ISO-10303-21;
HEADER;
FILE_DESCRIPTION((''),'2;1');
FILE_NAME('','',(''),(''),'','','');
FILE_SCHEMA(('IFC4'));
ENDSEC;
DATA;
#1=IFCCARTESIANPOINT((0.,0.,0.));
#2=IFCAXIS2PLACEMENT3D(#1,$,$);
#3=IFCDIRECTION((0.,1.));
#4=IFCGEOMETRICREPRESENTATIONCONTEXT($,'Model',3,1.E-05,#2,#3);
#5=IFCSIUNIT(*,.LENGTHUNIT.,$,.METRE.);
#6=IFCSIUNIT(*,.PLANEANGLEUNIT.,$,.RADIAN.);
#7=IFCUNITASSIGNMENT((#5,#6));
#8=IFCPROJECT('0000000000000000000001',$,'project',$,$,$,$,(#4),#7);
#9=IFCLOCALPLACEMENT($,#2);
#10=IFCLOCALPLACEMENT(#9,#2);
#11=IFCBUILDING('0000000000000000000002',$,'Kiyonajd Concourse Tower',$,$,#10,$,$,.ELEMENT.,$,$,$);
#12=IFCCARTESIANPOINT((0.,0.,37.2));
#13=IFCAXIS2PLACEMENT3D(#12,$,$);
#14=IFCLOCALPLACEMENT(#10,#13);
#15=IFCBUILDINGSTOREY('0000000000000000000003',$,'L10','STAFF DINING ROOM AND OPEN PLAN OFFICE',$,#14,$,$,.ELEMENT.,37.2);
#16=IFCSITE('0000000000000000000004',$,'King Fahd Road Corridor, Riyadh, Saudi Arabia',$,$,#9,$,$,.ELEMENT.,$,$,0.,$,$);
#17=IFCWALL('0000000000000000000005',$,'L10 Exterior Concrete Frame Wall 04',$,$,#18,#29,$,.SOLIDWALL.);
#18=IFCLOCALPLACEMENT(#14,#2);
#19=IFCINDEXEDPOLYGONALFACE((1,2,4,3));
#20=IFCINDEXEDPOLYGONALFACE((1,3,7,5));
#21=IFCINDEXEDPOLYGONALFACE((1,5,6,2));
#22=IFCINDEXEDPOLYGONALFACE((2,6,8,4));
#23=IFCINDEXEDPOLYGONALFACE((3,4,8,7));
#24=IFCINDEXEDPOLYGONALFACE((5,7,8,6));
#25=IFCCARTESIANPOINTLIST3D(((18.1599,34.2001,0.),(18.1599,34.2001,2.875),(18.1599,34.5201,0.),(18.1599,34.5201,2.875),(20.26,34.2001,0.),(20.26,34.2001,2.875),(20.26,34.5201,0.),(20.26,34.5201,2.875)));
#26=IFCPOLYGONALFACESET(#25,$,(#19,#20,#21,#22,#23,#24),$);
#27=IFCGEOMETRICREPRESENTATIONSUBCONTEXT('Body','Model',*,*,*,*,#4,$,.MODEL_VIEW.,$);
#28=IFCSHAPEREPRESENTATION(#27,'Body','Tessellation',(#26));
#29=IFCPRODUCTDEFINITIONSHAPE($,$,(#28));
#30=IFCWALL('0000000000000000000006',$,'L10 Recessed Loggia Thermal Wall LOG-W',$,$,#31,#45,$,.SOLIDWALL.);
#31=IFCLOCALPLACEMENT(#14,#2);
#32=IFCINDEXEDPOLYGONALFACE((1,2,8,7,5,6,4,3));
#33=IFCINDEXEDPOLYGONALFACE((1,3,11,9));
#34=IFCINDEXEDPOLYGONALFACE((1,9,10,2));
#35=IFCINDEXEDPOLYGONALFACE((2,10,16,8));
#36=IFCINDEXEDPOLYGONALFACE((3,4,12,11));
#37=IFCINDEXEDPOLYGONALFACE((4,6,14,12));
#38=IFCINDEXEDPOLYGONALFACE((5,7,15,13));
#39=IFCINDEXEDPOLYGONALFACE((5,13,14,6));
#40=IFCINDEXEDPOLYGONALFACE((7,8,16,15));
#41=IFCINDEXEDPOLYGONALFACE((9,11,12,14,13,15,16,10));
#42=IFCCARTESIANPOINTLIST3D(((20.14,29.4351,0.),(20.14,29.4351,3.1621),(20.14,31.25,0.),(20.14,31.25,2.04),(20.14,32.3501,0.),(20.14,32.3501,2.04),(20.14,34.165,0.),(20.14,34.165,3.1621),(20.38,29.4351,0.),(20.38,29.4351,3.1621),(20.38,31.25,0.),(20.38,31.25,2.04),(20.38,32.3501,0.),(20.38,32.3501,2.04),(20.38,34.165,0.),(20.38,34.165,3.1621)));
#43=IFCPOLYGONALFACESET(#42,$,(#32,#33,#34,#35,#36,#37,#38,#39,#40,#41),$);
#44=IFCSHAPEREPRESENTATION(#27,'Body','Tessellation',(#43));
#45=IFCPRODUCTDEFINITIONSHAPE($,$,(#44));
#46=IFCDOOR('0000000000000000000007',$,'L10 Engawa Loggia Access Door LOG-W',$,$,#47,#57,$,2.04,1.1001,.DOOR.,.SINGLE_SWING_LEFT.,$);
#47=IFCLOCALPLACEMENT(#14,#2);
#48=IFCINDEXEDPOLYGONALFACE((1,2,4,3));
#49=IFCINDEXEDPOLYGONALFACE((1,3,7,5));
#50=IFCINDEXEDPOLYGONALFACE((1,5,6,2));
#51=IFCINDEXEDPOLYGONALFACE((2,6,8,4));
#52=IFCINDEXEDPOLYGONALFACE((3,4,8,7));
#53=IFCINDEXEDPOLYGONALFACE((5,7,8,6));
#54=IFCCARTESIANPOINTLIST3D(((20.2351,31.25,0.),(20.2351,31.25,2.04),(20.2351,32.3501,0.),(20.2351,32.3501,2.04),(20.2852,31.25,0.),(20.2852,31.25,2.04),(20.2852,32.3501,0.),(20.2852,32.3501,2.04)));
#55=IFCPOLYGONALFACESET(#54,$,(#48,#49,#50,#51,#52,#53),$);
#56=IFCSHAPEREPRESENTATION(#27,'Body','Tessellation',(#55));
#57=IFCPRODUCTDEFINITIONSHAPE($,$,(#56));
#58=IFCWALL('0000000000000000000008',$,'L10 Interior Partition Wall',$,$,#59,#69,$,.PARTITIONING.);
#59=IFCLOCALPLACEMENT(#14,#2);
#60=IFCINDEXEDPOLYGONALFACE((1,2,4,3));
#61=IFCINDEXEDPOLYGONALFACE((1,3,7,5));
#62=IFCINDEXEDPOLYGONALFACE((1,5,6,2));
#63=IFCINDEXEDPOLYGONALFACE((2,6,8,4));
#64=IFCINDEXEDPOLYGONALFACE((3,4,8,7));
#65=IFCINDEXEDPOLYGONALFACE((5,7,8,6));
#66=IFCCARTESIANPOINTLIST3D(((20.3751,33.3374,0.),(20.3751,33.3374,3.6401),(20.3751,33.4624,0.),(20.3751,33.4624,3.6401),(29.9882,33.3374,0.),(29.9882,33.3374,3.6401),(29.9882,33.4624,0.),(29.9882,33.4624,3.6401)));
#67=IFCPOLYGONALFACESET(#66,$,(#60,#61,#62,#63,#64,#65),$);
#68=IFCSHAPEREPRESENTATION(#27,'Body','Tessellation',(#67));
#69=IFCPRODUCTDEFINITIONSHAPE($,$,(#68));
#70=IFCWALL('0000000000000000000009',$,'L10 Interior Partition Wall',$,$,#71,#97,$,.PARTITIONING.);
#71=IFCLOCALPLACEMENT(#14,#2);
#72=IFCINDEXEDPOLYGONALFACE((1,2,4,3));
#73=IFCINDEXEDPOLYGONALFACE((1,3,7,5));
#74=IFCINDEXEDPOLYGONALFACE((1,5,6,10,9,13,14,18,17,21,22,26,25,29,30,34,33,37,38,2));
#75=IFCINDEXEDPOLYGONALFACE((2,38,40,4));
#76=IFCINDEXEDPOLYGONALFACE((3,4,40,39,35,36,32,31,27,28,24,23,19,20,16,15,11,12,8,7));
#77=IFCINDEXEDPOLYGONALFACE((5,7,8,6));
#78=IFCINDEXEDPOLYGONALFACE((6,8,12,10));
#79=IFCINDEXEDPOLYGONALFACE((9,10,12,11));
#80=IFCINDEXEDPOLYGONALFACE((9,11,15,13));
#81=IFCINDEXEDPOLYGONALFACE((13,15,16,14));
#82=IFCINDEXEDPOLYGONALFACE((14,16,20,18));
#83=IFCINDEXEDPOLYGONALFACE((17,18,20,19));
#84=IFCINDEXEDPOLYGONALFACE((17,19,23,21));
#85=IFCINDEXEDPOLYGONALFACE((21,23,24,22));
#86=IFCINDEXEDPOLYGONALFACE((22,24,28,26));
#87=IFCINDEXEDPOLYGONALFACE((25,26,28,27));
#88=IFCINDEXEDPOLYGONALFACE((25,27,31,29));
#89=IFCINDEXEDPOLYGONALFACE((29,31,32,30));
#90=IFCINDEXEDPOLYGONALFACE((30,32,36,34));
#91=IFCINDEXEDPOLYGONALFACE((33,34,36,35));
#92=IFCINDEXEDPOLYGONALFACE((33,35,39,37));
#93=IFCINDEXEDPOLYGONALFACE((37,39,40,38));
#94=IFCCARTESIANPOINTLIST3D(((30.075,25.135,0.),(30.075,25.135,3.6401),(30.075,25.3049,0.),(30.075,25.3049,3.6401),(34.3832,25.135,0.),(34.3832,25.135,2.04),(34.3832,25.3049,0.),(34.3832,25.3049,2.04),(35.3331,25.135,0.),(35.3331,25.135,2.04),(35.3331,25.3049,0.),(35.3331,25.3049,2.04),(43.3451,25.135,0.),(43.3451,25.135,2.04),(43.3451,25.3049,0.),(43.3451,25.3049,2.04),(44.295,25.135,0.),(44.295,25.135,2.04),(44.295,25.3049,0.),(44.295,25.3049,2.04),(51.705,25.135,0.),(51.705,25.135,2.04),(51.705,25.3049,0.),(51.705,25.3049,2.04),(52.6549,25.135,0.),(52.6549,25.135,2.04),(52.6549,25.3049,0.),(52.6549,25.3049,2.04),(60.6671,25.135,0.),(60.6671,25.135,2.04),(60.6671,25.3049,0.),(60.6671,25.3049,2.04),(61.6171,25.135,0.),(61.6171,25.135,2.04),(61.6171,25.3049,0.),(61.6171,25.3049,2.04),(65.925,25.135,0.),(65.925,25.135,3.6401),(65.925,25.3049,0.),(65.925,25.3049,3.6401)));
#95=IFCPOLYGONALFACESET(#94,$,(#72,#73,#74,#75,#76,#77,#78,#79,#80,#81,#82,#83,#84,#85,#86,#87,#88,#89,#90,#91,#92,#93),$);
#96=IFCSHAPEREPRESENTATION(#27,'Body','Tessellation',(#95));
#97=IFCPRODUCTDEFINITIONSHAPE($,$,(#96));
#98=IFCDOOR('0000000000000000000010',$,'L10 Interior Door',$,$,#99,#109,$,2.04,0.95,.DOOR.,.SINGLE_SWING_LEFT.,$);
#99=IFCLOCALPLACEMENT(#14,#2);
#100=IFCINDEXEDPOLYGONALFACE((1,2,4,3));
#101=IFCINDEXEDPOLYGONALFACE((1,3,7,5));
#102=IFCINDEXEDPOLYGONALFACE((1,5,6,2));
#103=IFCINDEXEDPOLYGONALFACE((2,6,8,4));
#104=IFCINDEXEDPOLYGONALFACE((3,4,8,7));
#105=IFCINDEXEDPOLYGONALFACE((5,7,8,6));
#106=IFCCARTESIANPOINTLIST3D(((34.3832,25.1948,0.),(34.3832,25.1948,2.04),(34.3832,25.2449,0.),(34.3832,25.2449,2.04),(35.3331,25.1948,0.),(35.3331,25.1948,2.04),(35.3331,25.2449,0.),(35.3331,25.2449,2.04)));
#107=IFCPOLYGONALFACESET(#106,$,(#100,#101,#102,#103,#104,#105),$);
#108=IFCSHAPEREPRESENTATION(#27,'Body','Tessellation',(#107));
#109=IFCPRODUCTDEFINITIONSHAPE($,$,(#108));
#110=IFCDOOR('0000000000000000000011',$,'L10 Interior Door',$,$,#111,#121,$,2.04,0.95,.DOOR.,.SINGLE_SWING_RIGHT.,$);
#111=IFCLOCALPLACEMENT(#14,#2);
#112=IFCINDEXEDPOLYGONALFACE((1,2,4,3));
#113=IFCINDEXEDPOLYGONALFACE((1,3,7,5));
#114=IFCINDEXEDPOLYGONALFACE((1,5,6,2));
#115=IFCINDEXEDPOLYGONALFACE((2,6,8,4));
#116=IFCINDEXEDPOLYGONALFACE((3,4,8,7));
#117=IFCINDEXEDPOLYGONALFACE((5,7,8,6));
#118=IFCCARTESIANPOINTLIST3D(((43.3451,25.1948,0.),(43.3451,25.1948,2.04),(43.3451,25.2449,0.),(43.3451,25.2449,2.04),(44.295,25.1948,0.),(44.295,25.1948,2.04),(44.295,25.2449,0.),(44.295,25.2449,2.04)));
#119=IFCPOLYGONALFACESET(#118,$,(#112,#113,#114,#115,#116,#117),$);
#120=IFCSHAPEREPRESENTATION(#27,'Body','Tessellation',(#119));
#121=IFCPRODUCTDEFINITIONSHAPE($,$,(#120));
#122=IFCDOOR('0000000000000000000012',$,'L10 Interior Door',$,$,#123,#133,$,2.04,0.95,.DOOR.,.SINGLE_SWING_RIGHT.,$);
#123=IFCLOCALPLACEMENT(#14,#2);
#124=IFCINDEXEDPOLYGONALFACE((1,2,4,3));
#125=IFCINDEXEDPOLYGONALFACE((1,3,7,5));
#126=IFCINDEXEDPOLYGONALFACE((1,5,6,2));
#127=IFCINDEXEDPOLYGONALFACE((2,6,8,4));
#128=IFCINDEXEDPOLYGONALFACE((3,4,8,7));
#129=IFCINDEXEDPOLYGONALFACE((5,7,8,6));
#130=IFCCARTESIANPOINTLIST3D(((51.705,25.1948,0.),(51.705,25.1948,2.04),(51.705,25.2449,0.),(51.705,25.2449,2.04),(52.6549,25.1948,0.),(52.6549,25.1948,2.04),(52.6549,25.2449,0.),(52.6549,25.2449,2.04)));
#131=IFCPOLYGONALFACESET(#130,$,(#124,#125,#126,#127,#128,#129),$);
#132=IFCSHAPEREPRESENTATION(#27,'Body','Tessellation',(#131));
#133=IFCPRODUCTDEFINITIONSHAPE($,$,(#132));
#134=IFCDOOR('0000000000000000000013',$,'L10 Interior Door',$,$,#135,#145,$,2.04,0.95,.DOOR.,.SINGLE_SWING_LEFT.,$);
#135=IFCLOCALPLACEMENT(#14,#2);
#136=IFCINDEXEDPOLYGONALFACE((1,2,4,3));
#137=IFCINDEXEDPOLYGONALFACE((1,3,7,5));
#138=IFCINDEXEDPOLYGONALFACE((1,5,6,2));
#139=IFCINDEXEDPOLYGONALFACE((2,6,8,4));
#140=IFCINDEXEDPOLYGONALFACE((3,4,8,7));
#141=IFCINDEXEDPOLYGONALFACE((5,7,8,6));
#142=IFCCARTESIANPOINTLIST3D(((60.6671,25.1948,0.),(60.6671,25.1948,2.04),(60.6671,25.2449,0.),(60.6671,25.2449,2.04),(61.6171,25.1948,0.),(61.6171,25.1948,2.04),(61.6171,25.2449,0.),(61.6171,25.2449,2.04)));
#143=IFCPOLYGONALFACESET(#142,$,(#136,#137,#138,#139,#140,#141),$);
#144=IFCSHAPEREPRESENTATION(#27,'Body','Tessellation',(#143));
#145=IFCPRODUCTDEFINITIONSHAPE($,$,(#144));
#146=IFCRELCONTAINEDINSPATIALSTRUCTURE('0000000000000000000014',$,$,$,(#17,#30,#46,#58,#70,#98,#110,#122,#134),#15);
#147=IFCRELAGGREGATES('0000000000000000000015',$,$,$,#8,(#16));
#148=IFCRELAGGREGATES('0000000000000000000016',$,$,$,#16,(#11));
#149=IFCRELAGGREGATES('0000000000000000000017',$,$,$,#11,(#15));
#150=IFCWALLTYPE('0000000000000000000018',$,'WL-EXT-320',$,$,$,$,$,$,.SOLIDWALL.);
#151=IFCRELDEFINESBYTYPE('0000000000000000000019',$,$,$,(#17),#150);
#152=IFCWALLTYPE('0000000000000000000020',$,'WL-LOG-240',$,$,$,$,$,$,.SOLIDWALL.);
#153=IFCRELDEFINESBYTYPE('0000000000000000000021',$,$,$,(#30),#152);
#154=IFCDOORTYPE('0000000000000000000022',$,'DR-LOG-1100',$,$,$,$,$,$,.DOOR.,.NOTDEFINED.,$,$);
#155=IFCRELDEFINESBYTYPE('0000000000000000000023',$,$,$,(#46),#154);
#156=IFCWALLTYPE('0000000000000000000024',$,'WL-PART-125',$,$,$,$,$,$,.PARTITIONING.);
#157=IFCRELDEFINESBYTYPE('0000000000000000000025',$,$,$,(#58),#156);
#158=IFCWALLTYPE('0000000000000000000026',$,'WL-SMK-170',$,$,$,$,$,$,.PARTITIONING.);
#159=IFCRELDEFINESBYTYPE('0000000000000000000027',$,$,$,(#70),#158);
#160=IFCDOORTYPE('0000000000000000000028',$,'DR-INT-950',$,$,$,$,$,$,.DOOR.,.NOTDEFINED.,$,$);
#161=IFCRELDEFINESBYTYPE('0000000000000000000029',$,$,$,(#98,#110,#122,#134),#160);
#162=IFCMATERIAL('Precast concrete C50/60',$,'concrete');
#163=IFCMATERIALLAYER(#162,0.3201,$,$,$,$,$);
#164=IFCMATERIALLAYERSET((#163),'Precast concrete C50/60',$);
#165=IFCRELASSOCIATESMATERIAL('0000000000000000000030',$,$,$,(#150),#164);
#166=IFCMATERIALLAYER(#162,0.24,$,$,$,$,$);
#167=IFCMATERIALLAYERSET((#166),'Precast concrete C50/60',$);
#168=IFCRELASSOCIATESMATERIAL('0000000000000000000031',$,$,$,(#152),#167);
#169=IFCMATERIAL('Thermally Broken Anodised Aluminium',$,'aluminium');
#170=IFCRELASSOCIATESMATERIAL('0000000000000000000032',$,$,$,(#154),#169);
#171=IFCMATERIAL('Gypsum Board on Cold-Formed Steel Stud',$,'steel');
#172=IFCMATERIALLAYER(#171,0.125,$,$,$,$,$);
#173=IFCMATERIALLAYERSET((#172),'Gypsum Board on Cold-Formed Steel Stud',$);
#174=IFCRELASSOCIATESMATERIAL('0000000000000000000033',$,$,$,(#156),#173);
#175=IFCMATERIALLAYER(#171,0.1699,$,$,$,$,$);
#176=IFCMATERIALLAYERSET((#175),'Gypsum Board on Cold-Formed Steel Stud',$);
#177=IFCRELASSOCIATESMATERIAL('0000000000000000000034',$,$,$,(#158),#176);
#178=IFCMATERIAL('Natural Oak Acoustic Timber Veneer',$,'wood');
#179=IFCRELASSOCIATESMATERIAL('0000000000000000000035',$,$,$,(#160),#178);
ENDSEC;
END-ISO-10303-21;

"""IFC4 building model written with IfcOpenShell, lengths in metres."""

from ifc_helpers import new_model, si_unit, direction, frame, frame_2d, origin, place, context, subcontext, project, spatial, rectangle, extrude, material, layer, layer_set, type_object, element, fill, save


model = new_model("IFC4")

# Units and contexts
model_context = context("Model", 3, precision=1e-05, world=origin(), true_north=direction((0.0, 1.0)))
body_context = subcontext(model_context, "Body", "Model", "MODEL_VIEW")
ifc_project = project(units=[si_unit("LENGTHUNIT", "METRE"), si_unit("PLANEANGLEUNIT", "RADIAN")], contexts=[model_context])

# Site, building, storey
site_placement = place(None, origin())
site = spatial("IfcSite", under=ifc_project, at=site_placement, Name="King Fahd Road Corridor, Riyadh, Saudi Arabia", CompositionType="ELEMENT", RefElevation=0.0)
building_placement = place(site_placement, origin())
building = spatial("IfcBuilding", under=site, at=building_placement, Name="Kiyonajd Concourse Tower", CompositionType="ELEMENT")
storey_placement = place(building_placement, frame((0.0, 0.0, 37.2)))
storey = spatial("IfcBuildingStorey", under=building, at=storey_placement, Name="L10", Description="STAFF DINING ROOM AND OPEN PLAN OFFICE", CompositionType="ELEMENT", Elevation=37.2)

# Shared definitions
ifc_material_1 = material(Name="Precast concrete C50/60", Category="concrete")

# Shared definitions
ifc_material_2 = material(Name="Thermally Broken Anodised Aluminium", Category="aluminium")

# Wall
ifc_layer_1 = layer(ifc_material_1, 0.3201)
ifc_layer_set_1 = layer_set([ifc_layer_1], Name="Precast concrete C50/60")
wall_type_1 = type_object("IfcWallType", Name="WL-EXT-320", PredefinedType="SOLIDWALL", material=ifc_layer_set_1)
wall_1_placement = place(storey_placement, frame((20.26, 34.3601, 0.0), z_axis=(0.0, 0.0, 1.0), x_axis=(-1.0, 0.0, 0.0)))
element("IfcWall", 1, at=wall_1_placement, inside=storey, type_object=wall_type_1, Name="L10 Exterior Concrete Frame Wall 04", PredefinedType="SOLIDWALL", context=body_context, shape_type="SweptSolid", body=[
    extrude(rectangle(XDim=2.1001, YDim=0.3201, at=frame_2d((1.05, 0.0))), origin(), (0.0, 0.0, 1.0), 2.875),
])

# Wall, opening, door
ifc_layer_2 = layer(ifc_material_1, 0.24)
ifc_layer_set_2 = layer_set([ifc_layer_2], Name="Precast concrete C50/60")
wall_type_2 = type_object("IfcWallType", Name="WL-LOG-240", PredefinedType="SOLIDWALL", material=ifc_layer_set_2)
wall_2_placement = place(storey_placement, frame((20.26, 29.4351, 0.0), z_axis=(0.0, 0.0, 1.0), x_axis=(0.0, 1.0, 0.0)))
wall_2 = element("IfcWall", 2, at=wall_2_placement, inside=storey, type_object=wall_type_2, Name="L10 Recessed Loggia Thermal Wall LOG-W", PredefinedType="SOLIDWALL", context=body_context, shape_type="SweptSolid", body=[
    extrude(rectangle(XDim=4.73, YDim=0.24, at=frame_2d((2.365, 0.0))), origin(), (0.0, 0.0, 1.0), 3.1621),
])
opening_1_placement = place(wall_2_placement, frame((1.8149, 0.0, 0.0)))
opening_1 = element("IfcOpeningElement", 3, at=opening_1_placement, cuts=wall_2, PredefinedType="OPENING", context=body_context, shape_type="SweptSolid", body=[
    extrude(rectangle(XDim=1.1001, YDim=2.04, at=frame_2d((0.55, 1.02))), frame((0.0, 0.1299, 0.0), z_axis=(0.0, -1.0, 0.0), x_axis=(1.0, 0.0, 0.0)), (0.0, 0.0, 1.0), 0.26),
])
door_type_1 = type_object("IfcDoorType", Name="DR-LOG-1100", OperationType="NOTDEFINED", PredefinedType="DOOR", material=ifc_material_2)
door_1_placement = place(opening_1_placement, origin())
door_1 = element("IfcDoor", 4, at=door_1_placement, inside=storey, type_object=door_type_1, Name="L10 Engawa Loggia Access Door LOG-W", OperationType="SINGLE_SWING_LEFT", OverallHeight=2.04, OverallWidth=1.1001, PredefinedType="DOOR", context=body_context, shape_type="SweptSolid", body=[
    extrude(rectangle(XDim=1.1001, YDim=2.04, at=frame_2d((0.55, 1.02))), frame((0.0, 0.0249, 0.0), z_axis=(0.0, -1.0, 0.0), x_axis=(1.0, 0.0, 0.0)), (0.0, 0.0, 1.0), 0.05),
])
fill(opening_1, door_1)

# Wall
ifc_material_3 = material(Name="Gypsum Board on Cold-Formed Steel Stud", Category="steel")
ifc_layer_3 = layer(ifc_material_3, 0.125)
ifc_layer_set_3 = layer_set([ifc_layer_3], Name="Gypsum Board on Cold-Formed Steel Stud")
wall_type_3 = type_object("IfcWallType", Name="WL-PART-125", PredefinedType="PARTITIONING", material=ifc_layer_set_3)
wall_3_placement = place(storey_placement, frame((20.375, 33.3999, 0.0), z_axis=(0.0, 0.0, 1.0), x_axis=(1.0, 0.0, 0.0)))
element("IfcWall", 5, at=wall_3_placement, inside=storey, type_object=wall_type_3, Name="L10 Interior Partition Wall", PredefinedType="PARTITIONING", context=body_context, shape_type="SweptSolid", body=[
    extrude(rectangle(XDim=9.613, YDim=0.125, at=frame_2d((4.8066, 0.0))), origin(), (0.0, 0.0, 1.0), 3.6401),
])

# Wall, openings, doors
ifc_layer_4 = layer(ifc_material_3, 0.1699)
ifc_layer_set_4 = layer_set([ifc_layer_4], Name="Gypsum Board on Cold-Formed Steel Stud")
wall_type_4 = type_object("IfcWallType", Name="WL-SMK-170", PredefinedType="PARTITIONING", material=ifc_layer_set_4)
wall_4_placement = place(storey_placement, frame((30.075, 25.22, 0.0), z_axis=(0.0, 0.0, 1.0), x_axis=(1.0, 0.0, 0.0)))
wall_4 = element("IfcWall", 6, at=wall_4_placement, inside=storey, type_object=wall_type_4, Name="L10 Interior Partition Wall", PredefinedType="PARTITIONING", context=body_context, shape_type="SweptSolid", body=[
    extrude(rectangle(XDim=35.8501, YDim=0.1699, at=frame_2d((17.925, 0.0))), origin(), (0.0, 0.0, 1.0), 3.6401),
])
opening_2_placement = place(wall_4_placement, frame((4.3081, 0.0, 0.0)))
opening_2 = element("IfcOpeningElement", 7, at=opening_2_placement, cuts=wall_4, PredefinedType="OPENING", context=body_context, shape_type="SweptSolid", body=[
    extrude(rectangle(XDim=0.95, YDim=2.04, at=frame_2d((0.4751, 1.02))), frame((0.0, 0.095, 0.0), z_axis=(0.0, -1.0, 0.0), x_axis=(1.0, 0.0, 0.0)), (0.0, 0.0, 1.0), 0.1899),
])
opening_3_placement = place(wall_4_placement, frame((13.27, 0.0, 0.0)))
opening_3 = element("IfcOpeningElement", 8, at=opening_3_placement, cuts=wall_4, PredefinedType="OPENING", context=body_context, shape_type="SweptSolid", body=[
    extrude(rectangle(XDim=0.95, YDim=2.04, at=frame_2d((0.4751, 1.02))), frame((0.0, 0.095, 0.0), z_axis=(0.0, -1.0, 0.0), x_axis=(1.0, 0.0, 0.0)), (0.0, 0.0, 1.0), 0.1899),
])
opening_4_placement = place(wall_4_placement, frame((21.6299, 0.0, 0.0)))
opening_4 = element("IfcOpeningElement", 9, at=opening_4_placement, cuts=wall_4, PredefinedType="OPENING", context=body_context, shape_type="SweptSolid", body=[
    extrude(rectangle(XDim=0.95, YDim=2.04, at=frame_2d((0.4751, 1.02))), frame((0.0, 0.095, 0.0), z_axis=(0.0, -1.0, 0.0), x_axis=(1.0, 0.0, 0.0)), (0.0, 0.0, 1.0), 0.1899),
])
opening_5_placement = place(wall_4_placement, frame((30.592, 0.0, 0.0)))
opening_5 = element("IfcOpeningElement", 10, at=opening_5_placement, cuts=wall_4, PredefinedType="OPENING", context=body_context, shape_type="SweptSolid", body=[
    extrude(rectangle(XDim=0.95, YDim=2.04, at=frame_2d((0.4751, 1.02))), frame((0.0, 0.095, 0.0), z_axis=(0.0, -1.0, 0.0), x_axis=(1.0, 0.0, 0.0)), (0.0, 0.0, 1.0), 0.1899),
])
ifc_material_4 = material(Name="Natural Oak Acoustic Timber Veneer", Category="wood")
door_type_2 = type_object("IfcDoorType", Name="DR-INT-950", OperationType="NOTDEFINED", PredefinedType="DOOR", material=ifc_material_4)
door_2_placement = place(opening_2_placement, origin())
door_2 = element("IfcDoor", 11, at=door_2_placement, inside=storey, type_object=door_type_2, Name="L10 Interior Door", OperationType="SINGLE_SWING_LEFT", OverallHeight=2.04, OverallWidth=0.95, PredefinedType="DOOR", context=body_context, shape_type="SweptSolid", body=[
    extrude(rectangle(XDim=0.95, YDim=2.04, at=frame_2d((0.4751, 1.02))), frame((0.0, 0.0249, 0.0), z_axis=(0.0, -1.0, 0.0), x_axis=(1.0, 0.0, 0.0)), (0.0, 0.0, 1.0), 0.05),
])
fill(opening_2, door_2)
door_3_placement = place(opening_3_placement, origin())
door_3 = element("IfcDoor", 12, at=door_3_placement, inside=storey, type_object=door_type_2, Name="L10 Interior Door", OperationType="SINGLE_SWING_RIGHT", OverallHeight=2.04, OverallWidth=0.95, PredefinedType="DOOR", context=body_context, shape_type="SweptSolid", body=[
    extrude(rectangle(XDim=0.95, YDim=2.04, at=frame_2d((0.4751, 1.02))), frame((0.0, 0.0249, 0.0), z_axis=(0.0, -1.0, 0.0), x_axis=(1.0, 0.0, 0.0)), (0.0, 0.0, 1.0), 0.05),
])
fill(opening_3, door_3)
door_4_placement = place(opening_4_placement, origin())
door_4 = element("IfcDoor", 13, at=door_4_placement, inside=storey, type_object=door_type_2, Name="L10 Interior Door", OperationType="SINGLE_SWING_RIGHT", OverallHeight=2.04, OverallWidth=0.95, PredefinedType="DOOR", context=body_context, shape_type="SweptSolid", body=[
    extrude(rectangle(XDim=0.95, YDim=2.04, at=frame_2d((0.4751, 1.02))), frame((0.0, 0.0249, 0.0), z_axis=(0.0, -1.0, 0.0), x_axis=(1.0, 0.0, 0.0)), (0.0, 0.0, 1.0), 0.05),
])
fill(opening_4, door_4)
door_5_placement = place(opening_5_placement, origin())
door_5 = element("IfcDoor", 14, at=door_5_placement, inside=storey, type_object=door_type_2, Name="L10 Interior Door", OperationType="SINGLE_SWING_LEFT", OverallHeight=2.04, OverallWidth=0.95, PredefinedType="DOOR", context=body_context, shape_type="SweptSolid", body=[
    extrude(rectangle(XDim=0.95, YDim=2.04, at=frame_2d((0.4751, 1.02))), frame((0.0, 0.0249, 0.0), z_axis=(0.0, -1.0, 0.0), x_axis=(1.0, 0.0, 0.0)), (0.0, 0.0, 1.0), 0.05),
])
fill(opening_5, door_5)

save(model, "model.ifc")
